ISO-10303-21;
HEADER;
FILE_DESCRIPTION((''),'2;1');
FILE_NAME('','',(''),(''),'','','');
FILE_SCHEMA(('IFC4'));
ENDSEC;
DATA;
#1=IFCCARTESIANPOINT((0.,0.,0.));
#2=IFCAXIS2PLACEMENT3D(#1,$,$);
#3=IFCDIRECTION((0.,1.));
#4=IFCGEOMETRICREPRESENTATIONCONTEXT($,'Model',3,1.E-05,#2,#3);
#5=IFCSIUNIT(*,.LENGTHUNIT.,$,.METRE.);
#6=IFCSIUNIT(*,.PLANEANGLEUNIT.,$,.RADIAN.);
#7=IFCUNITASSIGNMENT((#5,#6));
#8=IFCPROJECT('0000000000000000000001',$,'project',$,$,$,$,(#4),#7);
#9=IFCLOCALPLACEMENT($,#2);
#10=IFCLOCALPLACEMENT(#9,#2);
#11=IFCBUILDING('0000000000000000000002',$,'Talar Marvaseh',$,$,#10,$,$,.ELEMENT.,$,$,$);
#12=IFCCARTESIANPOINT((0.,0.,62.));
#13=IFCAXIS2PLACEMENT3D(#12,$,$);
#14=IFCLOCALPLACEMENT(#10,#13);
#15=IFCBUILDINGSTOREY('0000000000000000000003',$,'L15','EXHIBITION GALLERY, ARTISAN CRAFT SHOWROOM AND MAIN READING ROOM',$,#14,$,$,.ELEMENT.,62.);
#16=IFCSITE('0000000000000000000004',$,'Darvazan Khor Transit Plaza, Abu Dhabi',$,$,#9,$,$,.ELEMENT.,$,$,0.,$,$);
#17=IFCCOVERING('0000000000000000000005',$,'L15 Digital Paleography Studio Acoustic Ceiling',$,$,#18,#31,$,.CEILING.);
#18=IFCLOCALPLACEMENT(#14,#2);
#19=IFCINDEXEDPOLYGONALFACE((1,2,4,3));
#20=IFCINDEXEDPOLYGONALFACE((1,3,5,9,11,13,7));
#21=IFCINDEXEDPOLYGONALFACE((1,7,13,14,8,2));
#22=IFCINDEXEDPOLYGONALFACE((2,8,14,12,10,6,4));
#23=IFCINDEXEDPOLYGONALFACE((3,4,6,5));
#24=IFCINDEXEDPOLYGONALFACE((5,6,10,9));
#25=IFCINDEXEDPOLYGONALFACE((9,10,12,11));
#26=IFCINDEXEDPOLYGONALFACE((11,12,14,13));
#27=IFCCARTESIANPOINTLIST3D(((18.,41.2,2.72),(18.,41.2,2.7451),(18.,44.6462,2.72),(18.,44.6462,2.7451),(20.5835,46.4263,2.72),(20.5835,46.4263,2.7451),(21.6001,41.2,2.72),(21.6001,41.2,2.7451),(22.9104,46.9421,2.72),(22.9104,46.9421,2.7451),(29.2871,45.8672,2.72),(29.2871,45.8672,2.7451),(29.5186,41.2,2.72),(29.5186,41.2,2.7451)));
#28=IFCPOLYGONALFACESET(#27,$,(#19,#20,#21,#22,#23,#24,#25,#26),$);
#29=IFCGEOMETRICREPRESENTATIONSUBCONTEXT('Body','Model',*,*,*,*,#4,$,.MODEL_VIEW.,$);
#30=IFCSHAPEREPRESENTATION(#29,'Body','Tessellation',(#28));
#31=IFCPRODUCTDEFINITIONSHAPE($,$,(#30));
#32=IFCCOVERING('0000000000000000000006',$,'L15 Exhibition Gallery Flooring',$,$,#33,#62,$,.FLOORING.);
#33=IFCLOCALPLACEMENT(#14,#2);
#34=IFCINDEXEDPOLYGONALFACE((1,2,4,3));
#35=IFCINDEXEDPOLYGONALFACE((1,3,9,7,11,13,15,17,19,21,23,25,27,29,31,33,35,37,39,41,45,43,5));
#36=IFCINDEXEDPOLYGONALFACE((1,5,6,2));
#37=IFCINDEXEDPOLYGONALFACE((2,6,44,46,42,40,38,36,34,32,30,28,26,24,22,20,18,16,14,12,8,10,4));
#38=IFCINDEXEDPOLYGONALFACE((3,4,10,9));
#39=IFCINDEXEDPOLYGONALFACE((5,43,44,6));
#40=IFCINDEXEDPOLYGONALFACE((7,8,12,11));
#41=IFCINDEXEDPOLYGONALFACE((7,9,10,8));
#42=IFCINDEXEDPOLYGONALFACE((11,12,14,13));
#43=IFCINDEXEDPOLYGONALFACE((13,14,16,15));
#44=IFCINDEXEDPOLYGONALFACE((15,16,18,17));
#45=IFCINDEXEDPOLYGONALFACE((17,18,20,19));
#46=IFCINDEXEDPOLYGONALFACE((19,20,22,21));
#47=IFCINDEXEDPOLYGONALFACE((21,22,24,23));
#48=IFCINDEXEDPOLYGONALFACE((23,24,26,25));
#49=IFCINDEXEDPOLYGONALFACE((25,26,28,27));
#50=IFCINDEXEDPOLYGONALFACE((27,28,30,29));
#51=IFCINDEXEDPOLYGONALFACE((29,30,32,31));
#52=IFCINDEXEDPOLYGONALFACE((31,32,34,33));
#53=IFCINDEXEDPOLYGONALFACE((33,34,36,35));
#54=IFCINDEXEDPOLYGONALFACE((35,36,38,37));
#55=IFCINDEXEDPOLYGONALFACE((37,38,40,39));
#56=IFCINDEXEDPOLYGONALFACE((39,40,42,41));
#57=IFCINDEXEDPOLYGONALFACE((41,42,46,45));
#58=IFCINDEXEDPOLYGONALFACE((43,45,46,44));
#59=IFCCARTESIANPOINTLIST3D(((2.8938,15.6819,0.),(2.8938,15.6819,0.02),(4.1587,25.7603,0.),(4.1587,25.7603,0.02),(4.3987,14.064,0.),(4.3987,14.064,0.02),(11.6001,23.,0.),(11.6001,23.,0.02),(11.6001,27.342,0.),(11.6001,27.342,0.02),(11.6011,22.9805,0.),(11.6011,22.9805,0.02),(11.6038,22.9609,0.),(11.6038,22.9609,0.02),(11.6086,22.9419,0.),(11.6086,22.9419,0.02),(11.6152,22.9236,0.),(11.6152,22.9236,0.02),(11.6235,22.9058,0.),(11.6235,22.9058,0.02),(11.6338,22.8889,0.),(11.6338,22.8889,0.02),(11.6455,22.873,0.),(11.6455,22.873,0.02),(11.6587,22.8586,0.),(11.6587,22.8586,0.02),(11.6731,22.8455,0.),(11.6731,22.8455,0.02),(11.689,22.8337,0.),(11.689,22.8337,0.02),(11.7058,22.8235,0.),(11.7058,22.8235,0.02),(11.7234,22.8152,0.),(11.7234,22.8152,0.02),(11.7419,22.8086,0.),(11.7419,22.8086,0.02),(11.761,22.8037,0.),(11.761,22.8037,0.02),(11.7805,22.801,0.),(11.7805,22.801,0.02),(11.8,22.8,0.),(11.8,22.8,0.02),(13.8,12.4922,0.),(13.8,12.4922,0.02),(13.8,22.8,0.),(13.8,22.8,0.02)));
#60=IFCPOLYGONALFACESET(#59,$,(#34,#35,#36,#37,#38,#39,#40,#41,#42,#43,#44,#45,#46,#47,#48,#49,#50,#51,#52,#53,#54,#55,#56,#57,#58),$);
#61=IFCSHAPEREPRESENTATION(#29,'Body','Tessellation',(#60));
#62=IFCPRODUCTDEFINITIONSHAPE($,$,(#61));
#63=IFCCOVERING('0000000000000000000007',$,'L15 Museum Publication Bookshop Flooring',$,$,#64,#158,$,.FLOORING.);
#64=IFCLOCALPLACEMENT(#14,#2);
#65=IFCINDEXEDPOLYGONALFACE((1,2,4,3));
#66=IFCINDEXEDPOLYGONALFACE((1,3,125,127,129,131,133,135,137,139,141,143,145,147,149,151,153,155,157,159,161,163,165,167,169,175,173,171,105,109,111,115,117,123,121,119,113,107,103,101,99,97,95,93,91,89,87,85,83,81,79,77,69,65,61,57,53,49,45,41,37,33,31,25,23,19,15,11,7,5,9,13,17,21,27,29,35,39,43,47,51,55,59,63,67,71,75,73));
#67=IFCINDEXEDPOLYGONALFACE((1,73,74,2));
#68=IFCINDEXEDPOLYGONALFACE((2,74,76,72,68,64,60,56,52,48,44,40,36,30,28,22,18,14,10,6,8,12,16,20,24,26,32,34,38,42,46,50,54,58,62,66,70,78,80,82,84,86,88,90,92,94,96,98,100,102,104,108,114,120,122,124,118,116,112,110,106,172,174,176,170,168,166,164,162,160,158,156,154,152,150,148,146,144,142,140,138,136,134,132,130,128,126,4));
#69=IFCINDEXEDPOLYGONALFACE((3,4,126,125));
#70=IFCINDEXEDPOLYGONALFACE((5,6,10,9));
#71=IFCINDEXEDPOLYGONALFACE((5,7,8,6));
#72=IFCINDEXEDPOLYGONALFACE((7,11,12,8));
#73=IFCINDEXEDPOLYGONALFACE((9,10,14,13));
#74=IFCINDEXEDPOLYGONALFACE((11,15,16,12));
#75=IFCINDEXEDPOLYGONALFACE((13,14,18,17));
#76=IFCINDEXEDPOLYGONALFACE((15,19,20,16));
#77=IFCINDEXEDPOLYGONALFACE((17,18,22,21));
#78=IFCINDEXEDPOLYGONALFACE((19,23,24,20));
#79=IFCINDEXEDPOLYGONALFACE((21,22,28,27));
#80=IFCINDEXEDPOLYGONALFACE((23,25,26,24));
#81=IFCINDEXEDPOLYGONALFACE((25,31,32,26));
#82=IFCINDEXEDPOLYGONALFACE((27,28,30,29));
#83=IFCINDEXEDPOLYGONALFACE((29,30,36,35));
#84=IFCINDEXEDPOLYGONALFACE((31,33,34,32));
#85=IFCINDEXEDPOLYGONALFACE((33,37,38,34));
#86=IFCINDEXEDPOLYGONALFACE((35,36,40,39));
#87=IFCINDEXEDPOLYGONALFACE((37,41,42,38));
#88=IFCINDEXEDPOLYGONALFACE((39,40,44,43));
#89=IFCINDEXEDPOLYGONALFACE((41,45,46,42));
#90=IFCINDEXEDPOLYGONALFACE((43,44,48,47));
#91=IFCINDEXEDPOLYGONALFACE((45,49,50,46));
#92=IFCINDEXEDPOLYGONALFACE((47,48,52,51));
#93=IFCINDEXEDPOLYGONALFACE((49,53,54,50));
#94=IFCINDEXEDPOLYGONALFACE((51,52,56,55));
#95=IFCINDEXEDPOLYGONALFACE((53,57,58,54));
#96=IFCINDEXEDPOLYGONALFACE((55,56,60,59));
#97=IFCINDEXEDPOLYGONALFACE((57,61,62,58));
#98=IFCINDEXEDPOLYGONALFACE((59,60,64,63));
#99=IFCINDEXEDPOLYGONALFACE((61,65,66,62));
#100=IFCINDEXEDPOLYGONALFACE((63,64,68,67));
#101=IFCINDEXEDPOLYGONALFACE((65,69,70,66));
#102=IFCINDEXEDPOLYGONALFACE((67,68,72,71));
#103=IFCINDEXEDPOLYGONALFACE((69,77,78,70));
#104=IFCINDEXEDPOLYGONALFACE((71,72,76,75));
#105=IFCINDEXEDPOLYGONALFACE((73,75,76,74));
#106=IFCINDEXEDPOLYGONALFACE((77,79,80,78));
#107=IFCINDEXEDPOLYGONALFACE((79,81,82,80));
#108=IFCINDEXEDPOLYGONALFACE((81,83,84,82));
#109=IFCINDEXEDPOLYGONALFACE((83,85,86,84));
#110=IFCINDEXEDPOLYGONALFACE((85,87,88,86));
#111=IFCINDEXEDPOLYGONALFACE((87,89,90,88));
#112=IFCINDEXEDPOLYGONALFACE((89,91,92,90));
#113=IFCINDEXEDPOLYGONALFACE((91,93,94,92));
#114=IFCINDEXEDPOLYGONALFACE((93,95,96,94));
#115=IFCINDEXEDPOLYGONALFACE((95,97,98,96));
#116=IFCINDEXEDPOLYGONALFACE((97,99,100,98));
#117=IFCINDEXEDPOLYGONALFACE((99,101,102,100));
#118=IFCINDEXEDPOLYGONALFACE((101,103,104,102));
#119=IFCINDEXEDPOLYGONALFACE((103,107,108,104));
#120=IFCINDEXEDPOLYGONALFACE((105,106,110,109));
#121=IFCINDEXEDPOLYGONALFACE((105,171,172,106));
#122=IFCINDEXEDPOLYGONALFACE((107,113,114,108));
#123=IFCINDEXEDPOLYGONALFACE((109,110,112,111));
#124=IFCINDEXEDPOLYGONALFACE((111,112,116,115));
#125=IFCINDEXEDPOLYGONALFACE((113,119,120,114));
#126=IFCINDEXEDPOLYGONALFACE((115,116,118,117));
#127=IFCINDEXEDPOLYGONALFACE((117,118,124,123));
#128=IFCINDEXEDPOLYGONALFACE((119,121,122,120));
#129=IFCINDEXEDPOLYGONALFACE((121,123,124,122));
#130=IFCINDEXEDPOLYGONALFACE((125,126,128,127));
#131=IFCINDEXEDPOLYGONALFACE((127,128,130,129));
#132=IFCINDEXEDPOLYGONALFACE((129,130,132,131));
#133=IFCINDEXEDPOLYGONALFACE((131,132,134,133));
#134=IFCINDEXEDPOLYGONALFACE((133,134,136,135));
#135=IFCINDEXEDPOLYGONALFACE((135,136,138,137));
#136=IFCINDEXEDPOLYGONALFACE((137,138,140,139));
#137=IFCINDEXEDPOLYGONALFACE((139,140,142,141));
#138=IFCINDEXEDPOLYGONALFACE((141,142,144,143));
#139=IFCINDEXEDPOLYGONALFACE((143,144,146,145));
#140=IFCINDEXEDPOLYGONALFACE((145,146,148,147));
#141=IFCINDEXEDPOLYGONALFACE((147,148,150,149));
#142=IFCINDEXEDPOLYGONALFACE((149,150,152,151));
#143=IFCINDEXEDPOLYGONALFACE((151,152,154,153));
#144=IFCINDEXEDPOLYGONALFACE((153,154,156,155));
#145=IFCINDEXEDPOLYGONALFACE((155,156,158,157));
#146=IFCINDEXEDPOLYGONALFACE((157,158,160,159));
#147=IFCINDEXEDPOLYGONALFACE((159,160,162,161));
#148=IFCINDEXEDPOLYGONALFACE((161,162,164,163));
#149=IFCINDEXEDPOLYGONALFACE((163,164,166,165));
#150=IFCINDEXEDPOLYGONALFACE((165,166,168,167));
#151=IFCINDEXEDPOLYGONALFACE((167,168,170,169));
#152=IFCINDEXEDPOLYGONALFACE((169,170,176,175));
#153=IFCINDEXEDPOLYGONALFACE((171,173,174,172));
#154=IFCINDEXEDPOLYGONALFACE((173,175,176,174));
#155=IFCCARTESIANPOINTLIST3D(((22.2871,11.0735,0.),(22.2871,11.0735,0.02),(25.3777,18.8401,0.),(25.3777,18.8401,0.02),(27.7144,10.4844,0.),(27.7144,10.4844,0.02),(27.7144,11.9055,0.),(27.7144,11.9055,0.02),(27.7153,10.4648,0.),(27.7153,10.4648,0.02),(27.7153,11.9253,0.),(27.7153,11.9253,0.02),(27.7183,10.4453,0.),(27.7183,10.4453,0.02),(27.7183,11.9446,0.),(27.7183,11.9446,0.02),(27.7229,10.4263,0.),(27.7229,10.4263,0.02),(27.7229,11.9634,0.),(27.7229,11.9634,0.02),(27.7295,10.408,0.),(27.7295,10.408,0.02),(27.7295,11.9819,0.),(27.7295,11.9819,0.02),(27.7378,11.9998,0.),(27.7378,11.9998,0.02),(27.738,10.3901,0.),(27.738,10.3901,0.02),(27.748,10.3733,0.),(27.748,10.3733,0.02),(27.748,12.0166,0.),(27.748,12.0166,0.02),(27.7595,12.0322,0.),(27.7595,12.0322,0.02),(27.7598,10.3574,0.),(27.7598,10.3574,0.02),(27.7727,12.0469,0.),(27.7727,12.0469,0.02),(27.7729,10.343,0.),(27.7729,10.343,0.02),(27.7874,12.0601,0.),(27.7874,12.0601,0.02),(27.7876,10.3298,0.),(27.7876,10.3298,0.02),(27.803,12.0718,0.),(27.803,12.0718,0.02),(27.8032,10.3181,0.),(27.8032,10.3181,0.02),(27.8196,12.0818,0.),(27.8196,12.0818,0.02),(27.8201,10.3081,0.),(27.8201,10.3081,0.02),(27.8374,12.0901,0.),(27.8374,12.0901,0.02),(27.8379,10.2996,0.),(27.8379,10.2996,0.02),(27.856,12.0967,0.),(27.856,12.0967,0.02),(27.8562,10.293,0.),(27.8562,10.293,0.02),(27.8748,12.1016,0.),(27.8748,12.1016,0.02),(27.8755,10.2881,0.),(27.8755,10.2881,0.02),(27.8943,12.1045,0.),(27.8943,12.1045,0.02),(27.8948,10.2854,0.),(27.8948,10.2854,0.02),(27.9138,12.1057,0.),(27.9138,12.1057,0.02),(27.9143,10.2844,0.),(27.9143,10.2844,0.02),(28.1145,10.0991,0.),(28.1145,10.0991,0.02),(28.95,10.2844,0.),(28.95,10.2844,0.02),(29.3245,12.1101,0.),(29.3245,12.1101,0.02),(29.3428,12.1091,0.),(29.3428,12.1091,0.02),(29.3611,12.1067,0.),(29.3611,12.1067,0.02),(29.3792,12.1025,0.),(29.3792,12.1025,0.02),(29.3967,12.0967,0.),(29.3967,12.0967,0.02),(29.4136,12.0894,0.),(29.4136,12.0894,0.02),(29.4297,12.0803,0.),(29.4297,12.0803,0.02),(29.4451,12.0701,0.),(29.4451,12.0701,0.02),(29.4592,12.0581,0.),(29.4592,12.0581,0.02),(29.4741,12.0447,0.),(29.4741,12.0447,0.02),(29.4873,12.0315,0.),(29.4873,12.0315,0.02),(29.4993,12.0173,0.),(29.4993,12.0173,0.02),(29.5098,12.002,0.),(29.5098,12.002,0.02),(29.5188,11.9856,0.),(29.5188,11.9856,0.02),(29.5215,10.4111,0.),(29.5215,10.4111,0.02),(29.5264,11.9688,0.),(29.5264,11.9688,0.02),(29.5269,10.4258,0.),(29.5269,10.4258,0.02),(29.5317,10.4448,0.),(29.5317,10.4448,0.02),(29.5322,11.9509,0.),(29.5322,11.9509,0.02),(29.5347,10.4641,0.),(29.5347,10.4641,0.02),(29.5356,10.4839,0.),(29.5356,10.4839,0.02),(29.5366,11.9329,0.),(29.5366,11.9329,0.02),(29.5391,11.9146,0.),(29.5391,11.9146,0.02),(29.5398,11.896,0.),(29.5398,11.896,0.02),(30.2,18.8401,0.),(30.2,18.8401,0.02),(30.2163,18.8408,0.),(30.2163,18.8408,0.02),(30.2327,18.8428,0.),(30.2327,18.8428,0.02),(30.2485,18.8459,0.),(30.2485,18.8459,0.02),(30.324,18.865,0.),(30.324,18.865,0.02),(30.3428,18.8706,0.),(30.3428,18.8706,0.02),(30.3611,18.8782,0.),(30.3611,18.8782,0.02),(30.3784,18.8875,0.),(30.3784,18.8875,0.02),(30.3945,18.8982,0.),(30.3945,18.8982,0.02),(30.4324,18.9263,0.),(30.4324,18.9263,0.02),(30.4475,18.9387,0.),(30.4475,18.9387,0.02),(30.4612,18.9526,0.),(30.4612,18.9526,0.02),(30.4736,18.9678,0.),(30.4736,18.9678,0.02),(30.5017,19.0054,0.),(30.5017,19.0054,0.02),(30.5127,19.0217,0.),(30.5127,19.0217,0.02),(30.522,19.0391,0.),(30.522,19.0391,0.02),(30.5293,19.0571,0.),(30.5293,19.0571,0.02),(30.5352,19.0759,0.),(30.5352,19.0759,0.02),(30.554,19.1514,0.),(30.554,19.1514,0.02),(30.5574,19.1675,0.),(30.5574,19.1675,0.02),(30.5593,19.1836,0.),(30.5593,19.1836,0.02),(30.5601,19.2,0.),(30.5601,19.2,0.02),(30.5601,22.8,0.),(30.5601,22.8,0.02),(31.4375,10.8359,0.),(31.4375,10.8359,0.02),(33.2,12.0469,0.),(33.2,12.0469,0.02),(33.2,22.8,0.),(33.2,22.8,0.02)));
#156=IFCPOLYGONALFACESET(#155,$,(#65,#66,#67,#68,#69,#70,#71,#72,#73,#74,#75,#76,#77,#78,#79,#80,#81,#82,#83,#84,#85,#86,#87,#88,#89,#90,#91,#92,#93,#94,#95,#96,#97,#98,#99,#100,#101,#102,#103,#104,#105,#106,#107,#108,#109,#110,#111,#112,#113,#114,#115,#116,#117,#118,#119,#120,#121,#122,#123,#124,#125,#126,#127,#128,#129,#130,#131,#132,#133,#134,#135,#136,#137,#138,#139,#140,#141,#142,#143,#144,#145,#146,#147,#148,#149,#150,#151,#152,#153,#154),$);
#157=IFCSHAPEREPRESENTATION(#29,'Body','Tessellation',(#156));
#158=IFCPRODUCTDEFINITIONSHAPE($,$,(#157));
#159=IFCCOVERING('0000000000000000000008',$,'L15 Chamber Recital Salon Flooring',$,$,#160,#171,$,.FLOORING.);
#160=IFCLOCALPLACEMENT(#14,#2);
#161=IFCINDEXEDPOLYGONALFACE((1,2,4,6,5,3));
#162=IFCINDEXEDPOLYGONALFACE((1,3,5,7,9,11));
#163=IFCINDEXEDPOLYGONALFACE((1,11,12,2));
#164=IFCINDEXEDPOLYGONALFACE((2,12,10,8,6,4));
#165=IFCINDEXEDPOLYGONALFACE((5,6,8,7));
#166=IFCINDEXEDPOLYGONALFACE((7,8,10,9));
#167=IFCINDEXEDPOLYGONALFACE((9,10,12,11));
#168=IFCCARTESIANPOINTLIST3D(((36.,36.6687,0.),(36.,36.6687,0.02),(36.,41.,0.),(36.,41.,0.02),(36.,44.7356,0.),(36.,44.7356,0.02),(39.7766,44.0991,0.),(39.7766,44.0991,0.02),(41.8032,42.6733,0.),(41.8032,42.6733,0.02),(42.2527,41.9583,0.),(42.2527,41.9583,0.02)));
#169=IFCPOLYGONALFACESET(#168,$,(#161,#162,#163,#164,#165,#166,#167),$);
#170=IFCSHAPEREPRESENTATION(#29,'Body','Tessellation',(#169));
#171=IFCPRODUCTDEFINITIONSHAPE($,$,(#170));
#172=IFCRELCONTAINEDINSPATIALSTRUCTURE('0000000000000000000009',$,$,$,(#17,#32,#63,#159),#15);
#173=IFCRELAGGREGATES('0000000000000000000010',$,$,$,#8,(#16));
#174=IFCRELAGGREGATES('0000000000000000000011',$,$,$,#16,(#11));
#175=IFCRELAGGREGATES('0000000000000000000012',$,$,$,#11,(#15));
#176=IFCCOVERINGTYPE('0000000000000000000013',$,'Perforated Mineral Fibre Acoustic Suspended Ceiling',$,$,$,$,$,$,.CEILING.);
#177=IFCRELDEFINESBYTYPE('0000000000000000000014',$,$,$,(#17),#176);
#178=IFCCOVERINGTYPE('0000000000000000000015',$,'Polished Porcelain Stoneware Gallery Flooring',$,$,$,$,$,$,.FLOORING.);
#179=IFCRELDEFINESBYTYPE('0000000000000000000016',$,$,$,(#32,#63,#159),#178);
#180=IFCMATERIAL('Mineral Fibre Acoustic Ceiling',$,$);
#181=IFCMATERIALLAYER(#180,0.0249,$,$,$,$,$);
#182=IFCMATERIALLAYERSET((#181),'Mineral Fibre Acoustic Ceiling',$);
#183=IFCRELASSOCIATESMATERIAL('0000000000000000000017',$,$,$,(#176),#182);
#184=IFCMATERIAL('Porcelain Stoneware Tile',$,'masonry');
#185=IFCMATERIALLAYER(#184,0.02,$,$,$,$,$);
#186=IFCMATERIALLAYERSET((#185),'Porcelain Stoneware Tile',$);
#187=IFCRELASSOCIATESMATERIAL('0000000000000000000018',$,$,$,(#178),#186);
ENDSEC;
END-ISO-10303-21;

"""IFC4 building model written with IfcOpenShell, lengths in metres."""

from ifc_helpers import new_model, si_unit, direction, frame, origin, place, context, subcontext, project, spatial, polyline, outline, extrude, material, layer, layer_set, type_object, element, save


model = new_model("IFC4")

# Units and contexts
model_context = context("Model", 3, precision=1e-05, world=origin(), true_north=direction((0.0, 1.0)))
body_context = subcontext(model_context, "Body", "Model", "MODEL_VIEW")
ifc_project = project(units=[si_unit("LENGTHUNIT", "METRE"), si_unit("PLANEANGLEUNIT", "RADIAN")], contexts=[model_context])

# Site, building, storey
site_placement = place(None, origin())
site = spatial("IfcSite", under=ifc_project, at=site_placement, Name="Darvazan Khor Transit Plaza, Abu Dhabi", CompositionType="ELEMENT", RefElevation=0.0)
building_placement = place(site_placement, origin())
building = spatial("IfcBuilding", under=site, at=building_placement, Name="Talar Marvaseh", CompositionType="ELEMENT")
storey_placement = place(building_placement, frame((0.0, 0.0, 62.0)))
storey = spatial("IfcBuildingStorey", under=building, at=storey_placement, Name="L15", Description="EXHIBITION GALLERY, ARTISAN CRAFT SHOWROOM AND MAIN READING ROOM", CompositionType="ELEMENT", Elevation=62.0)

# Coverings
ifc_material_1 = material(Name="Mineral Fibre Acoustic Ceiling")
ifc_layer_1 = layer(ifc_material_1, 0.0249)
ifc_layer_set_1 = layer_set([ifc_layer_1], Name="Mineral Fibre Acoustic Ceiling")
covering_type_1 = type_object("IfcCoveringType", Name="Perforated Mineral Fibre Acoustic Suspended Ceiling", PredefinedType="CEILING", material=ifc_layer_set_1)
covering_1_placement = place(storey_placement, frame((0.0, 0.0, 2.72)))
element("IfcCovering", 1, at=covering_1_placement, inside=storey, type_object=covering_type_1, Name="L15 Digital Paleography Studio Acoustic Ceiling", PredefinedType="CEILING", context=body_context, shape_type="SweptSolid", body=[
    extrude(outline(polyline([(22.9104, 46.9421), (29.2871, 45.8672), (29.5186, 41.2), (21.6001, 41.2), (18.0, 41.2), (18.0, 44.6462), (20.5835, 46.4263), (22.9104, 46.9421)])), origin(), (0.0, 0.0, 1.0), 0.0251),
])
ifc_material_2 = material(Name="Porcelain Stoneware Tile", Category="masonry")
ifc_layer_2 = layer(ifc_material_2, 0.02)
ifc_layer_set_2 = layer_set([ifc_layer_2], Name="Porcelain Stoneware Tile")
covering_type_2 = type_object("IfcCoveringType", Name="Polished Porcelain Stoneware Gallery Flooring", PredefinedType="FLOORING", material=ifc_layer_set_2)
covering_2_placement = place(storey_placement, origin())
element("IfcCovering", 2, at=covering_2_placement, inside=storey, type_object=covering_type_2, Name="L15 Exhibition Gallery Flooring", PredefinedType="FLOORING", context=body_context, shape_type="SweptSolid", body=[
    extrude(outline(polyline([(2.8938, 15.6819), (4.1587, 25.7603), (11.6001, 27.342), (11.6001, 23.0), (11.6011, 22.9805), (11.6038, 22.9609), (11.6086, 22.9419), (11.6152, 22.9236), (11.6235, 22.9058), (11.6338, 22.8889), (11.6455, 22.873), (11.6587, 22.8586), (11.6731, 22.8455), (11.689, 22.8337), (11.7058, 22.8235), (11.7234, 22.8152), (11.7419, 22.8086), (11.761, 22.8037), (11.7805, 22.801), (11.8, 22.8), (13.8, 22.8), (13.8, 12.4922), (4.3987, 14.064), (2.8938, 15.6819)])), origin(), (0.0, 0.0, 1.0), 0.02),
])
covering_3_placement = place(storey_placement, origin())
element("IfcCovering", 3, at=covering_3_placement, inside=storey, type_object=covering_type_2, Name="L15 Museum Publication Bookshop Flooring", PredefinedType="FLOORING", context=body_context, shape_type="SweptSolid", body=[
    extrude(outline(polyline([(25.3777, 18.8401), (30.2, 18.8401), (30.2163, 18.8408), (30.2327, 18.8428), (30.2485, 18.8459), (30.324, 18.865), (30.3428, 18.8706), (30.3611, 18.8782), (30.3784, 18.8875), (30.3945, 18.8982), (30.4324, 18.9263), (30.4475, 18.9387), (30.4612, 18.9526), (30.4736, 18.9678), (30.5017, 19.0054), (30.5127, 19.0217), (30.522, 19.0391), (30.5293, 19.0571), (30.5352, 19.0759), (30.554, 19.1514), (30.5574, 19.1675), (30.5593, 19.1836), (30.5601, 19.2), (30.5601, 22.8), (33.2, 22.8), (33.2, 12.0469), (31.4375, 10.8359), (29.5215, 10.4111), (29.5269, 10.4258), (29.5317, 10.4448), (29.5347, 10.4641), (29.5356, 10.4839), (29.5398, 11.896), (29.5391, 11.9146), (29.5366, 11.9329), (29.5322, 11.9509), (29.5264, 11.9688), (29.5188, 11.9856), (29.5098, 12.002), (29.4993, 12.0173), (29.4873, 12.0315), (29.4741, 12.0447), (29.4592, 12.0581), (29.4451, 12.0701), (29.4297, 12.0803), (29.4136, 12.0894), (29.3967, 12.0967), (29.3792, 12.1025), (29.3611, 12.1067), (29.3428, 12.1091), (29.3245, 12.1101), (27.9138, 12.1057), (27.8943, 12.1045), (27.8748, 12.1016), (27.856, 12.0967), (27.8374, 12.0901), (27.8196, 12.0818), (27.803, 12.0718), (27.7874, 12.0601), (27.7727, 12.0469), (27.7595, 12.0322), (27.748, 12.0166), (27.7378, 11.9998), (27.7295, 11.9819), (27.7229, 11.9634), (27.7183, 11.9446), (27.7153, 11.9253), (27.7144, 11.9055), (27.7144, 10.4844), (27.7153, 10.4648), (27.7183, 10.4453), (27.7229, 10.4263), (27.7295, 10.408), (27.738, 10.3901), (27.748, 10.3733), (27.7598, 10.3574), (27.7729, 10.343), (27.7876, 10.3298), (27.8032, 10.3181), (27.8201, 10.3081), (27.8379, 10.2996), (27.8562, 10.293), (27.8755, 10.2881), (27.8948, 10.2854), (27.9143, 10.2844), (28.95, 10.2844), (28.1145, 10.0991), (22.2871, 11.0735), (25.3777, 18.8401)])), origin(), (0.0, 0.0, 1.0), 0.02),
])
covering_4_placement = place(storey_placement, origin())
element("IfcCovering", 4, at=covering_4_placement, inside=storey, type_object=covering_type_2, Name="L15 Chamber Recital Salon Flooring", PredefinedType="FLOORING", context=body_context, shape_type="SweptSolid", body=[
    extrude(outline(polyline([(36.0, 36.6687), (36.0, 41.0), (36.0, 44.7356), (39.7766, 44.0991), (41.8032, 42.6733), (42.2527, 41.9583), (36.0, 36.6687)])), origin(), (0.0, 0.0, 1.0), 0.02),
])

save(model, "model.ifc")
